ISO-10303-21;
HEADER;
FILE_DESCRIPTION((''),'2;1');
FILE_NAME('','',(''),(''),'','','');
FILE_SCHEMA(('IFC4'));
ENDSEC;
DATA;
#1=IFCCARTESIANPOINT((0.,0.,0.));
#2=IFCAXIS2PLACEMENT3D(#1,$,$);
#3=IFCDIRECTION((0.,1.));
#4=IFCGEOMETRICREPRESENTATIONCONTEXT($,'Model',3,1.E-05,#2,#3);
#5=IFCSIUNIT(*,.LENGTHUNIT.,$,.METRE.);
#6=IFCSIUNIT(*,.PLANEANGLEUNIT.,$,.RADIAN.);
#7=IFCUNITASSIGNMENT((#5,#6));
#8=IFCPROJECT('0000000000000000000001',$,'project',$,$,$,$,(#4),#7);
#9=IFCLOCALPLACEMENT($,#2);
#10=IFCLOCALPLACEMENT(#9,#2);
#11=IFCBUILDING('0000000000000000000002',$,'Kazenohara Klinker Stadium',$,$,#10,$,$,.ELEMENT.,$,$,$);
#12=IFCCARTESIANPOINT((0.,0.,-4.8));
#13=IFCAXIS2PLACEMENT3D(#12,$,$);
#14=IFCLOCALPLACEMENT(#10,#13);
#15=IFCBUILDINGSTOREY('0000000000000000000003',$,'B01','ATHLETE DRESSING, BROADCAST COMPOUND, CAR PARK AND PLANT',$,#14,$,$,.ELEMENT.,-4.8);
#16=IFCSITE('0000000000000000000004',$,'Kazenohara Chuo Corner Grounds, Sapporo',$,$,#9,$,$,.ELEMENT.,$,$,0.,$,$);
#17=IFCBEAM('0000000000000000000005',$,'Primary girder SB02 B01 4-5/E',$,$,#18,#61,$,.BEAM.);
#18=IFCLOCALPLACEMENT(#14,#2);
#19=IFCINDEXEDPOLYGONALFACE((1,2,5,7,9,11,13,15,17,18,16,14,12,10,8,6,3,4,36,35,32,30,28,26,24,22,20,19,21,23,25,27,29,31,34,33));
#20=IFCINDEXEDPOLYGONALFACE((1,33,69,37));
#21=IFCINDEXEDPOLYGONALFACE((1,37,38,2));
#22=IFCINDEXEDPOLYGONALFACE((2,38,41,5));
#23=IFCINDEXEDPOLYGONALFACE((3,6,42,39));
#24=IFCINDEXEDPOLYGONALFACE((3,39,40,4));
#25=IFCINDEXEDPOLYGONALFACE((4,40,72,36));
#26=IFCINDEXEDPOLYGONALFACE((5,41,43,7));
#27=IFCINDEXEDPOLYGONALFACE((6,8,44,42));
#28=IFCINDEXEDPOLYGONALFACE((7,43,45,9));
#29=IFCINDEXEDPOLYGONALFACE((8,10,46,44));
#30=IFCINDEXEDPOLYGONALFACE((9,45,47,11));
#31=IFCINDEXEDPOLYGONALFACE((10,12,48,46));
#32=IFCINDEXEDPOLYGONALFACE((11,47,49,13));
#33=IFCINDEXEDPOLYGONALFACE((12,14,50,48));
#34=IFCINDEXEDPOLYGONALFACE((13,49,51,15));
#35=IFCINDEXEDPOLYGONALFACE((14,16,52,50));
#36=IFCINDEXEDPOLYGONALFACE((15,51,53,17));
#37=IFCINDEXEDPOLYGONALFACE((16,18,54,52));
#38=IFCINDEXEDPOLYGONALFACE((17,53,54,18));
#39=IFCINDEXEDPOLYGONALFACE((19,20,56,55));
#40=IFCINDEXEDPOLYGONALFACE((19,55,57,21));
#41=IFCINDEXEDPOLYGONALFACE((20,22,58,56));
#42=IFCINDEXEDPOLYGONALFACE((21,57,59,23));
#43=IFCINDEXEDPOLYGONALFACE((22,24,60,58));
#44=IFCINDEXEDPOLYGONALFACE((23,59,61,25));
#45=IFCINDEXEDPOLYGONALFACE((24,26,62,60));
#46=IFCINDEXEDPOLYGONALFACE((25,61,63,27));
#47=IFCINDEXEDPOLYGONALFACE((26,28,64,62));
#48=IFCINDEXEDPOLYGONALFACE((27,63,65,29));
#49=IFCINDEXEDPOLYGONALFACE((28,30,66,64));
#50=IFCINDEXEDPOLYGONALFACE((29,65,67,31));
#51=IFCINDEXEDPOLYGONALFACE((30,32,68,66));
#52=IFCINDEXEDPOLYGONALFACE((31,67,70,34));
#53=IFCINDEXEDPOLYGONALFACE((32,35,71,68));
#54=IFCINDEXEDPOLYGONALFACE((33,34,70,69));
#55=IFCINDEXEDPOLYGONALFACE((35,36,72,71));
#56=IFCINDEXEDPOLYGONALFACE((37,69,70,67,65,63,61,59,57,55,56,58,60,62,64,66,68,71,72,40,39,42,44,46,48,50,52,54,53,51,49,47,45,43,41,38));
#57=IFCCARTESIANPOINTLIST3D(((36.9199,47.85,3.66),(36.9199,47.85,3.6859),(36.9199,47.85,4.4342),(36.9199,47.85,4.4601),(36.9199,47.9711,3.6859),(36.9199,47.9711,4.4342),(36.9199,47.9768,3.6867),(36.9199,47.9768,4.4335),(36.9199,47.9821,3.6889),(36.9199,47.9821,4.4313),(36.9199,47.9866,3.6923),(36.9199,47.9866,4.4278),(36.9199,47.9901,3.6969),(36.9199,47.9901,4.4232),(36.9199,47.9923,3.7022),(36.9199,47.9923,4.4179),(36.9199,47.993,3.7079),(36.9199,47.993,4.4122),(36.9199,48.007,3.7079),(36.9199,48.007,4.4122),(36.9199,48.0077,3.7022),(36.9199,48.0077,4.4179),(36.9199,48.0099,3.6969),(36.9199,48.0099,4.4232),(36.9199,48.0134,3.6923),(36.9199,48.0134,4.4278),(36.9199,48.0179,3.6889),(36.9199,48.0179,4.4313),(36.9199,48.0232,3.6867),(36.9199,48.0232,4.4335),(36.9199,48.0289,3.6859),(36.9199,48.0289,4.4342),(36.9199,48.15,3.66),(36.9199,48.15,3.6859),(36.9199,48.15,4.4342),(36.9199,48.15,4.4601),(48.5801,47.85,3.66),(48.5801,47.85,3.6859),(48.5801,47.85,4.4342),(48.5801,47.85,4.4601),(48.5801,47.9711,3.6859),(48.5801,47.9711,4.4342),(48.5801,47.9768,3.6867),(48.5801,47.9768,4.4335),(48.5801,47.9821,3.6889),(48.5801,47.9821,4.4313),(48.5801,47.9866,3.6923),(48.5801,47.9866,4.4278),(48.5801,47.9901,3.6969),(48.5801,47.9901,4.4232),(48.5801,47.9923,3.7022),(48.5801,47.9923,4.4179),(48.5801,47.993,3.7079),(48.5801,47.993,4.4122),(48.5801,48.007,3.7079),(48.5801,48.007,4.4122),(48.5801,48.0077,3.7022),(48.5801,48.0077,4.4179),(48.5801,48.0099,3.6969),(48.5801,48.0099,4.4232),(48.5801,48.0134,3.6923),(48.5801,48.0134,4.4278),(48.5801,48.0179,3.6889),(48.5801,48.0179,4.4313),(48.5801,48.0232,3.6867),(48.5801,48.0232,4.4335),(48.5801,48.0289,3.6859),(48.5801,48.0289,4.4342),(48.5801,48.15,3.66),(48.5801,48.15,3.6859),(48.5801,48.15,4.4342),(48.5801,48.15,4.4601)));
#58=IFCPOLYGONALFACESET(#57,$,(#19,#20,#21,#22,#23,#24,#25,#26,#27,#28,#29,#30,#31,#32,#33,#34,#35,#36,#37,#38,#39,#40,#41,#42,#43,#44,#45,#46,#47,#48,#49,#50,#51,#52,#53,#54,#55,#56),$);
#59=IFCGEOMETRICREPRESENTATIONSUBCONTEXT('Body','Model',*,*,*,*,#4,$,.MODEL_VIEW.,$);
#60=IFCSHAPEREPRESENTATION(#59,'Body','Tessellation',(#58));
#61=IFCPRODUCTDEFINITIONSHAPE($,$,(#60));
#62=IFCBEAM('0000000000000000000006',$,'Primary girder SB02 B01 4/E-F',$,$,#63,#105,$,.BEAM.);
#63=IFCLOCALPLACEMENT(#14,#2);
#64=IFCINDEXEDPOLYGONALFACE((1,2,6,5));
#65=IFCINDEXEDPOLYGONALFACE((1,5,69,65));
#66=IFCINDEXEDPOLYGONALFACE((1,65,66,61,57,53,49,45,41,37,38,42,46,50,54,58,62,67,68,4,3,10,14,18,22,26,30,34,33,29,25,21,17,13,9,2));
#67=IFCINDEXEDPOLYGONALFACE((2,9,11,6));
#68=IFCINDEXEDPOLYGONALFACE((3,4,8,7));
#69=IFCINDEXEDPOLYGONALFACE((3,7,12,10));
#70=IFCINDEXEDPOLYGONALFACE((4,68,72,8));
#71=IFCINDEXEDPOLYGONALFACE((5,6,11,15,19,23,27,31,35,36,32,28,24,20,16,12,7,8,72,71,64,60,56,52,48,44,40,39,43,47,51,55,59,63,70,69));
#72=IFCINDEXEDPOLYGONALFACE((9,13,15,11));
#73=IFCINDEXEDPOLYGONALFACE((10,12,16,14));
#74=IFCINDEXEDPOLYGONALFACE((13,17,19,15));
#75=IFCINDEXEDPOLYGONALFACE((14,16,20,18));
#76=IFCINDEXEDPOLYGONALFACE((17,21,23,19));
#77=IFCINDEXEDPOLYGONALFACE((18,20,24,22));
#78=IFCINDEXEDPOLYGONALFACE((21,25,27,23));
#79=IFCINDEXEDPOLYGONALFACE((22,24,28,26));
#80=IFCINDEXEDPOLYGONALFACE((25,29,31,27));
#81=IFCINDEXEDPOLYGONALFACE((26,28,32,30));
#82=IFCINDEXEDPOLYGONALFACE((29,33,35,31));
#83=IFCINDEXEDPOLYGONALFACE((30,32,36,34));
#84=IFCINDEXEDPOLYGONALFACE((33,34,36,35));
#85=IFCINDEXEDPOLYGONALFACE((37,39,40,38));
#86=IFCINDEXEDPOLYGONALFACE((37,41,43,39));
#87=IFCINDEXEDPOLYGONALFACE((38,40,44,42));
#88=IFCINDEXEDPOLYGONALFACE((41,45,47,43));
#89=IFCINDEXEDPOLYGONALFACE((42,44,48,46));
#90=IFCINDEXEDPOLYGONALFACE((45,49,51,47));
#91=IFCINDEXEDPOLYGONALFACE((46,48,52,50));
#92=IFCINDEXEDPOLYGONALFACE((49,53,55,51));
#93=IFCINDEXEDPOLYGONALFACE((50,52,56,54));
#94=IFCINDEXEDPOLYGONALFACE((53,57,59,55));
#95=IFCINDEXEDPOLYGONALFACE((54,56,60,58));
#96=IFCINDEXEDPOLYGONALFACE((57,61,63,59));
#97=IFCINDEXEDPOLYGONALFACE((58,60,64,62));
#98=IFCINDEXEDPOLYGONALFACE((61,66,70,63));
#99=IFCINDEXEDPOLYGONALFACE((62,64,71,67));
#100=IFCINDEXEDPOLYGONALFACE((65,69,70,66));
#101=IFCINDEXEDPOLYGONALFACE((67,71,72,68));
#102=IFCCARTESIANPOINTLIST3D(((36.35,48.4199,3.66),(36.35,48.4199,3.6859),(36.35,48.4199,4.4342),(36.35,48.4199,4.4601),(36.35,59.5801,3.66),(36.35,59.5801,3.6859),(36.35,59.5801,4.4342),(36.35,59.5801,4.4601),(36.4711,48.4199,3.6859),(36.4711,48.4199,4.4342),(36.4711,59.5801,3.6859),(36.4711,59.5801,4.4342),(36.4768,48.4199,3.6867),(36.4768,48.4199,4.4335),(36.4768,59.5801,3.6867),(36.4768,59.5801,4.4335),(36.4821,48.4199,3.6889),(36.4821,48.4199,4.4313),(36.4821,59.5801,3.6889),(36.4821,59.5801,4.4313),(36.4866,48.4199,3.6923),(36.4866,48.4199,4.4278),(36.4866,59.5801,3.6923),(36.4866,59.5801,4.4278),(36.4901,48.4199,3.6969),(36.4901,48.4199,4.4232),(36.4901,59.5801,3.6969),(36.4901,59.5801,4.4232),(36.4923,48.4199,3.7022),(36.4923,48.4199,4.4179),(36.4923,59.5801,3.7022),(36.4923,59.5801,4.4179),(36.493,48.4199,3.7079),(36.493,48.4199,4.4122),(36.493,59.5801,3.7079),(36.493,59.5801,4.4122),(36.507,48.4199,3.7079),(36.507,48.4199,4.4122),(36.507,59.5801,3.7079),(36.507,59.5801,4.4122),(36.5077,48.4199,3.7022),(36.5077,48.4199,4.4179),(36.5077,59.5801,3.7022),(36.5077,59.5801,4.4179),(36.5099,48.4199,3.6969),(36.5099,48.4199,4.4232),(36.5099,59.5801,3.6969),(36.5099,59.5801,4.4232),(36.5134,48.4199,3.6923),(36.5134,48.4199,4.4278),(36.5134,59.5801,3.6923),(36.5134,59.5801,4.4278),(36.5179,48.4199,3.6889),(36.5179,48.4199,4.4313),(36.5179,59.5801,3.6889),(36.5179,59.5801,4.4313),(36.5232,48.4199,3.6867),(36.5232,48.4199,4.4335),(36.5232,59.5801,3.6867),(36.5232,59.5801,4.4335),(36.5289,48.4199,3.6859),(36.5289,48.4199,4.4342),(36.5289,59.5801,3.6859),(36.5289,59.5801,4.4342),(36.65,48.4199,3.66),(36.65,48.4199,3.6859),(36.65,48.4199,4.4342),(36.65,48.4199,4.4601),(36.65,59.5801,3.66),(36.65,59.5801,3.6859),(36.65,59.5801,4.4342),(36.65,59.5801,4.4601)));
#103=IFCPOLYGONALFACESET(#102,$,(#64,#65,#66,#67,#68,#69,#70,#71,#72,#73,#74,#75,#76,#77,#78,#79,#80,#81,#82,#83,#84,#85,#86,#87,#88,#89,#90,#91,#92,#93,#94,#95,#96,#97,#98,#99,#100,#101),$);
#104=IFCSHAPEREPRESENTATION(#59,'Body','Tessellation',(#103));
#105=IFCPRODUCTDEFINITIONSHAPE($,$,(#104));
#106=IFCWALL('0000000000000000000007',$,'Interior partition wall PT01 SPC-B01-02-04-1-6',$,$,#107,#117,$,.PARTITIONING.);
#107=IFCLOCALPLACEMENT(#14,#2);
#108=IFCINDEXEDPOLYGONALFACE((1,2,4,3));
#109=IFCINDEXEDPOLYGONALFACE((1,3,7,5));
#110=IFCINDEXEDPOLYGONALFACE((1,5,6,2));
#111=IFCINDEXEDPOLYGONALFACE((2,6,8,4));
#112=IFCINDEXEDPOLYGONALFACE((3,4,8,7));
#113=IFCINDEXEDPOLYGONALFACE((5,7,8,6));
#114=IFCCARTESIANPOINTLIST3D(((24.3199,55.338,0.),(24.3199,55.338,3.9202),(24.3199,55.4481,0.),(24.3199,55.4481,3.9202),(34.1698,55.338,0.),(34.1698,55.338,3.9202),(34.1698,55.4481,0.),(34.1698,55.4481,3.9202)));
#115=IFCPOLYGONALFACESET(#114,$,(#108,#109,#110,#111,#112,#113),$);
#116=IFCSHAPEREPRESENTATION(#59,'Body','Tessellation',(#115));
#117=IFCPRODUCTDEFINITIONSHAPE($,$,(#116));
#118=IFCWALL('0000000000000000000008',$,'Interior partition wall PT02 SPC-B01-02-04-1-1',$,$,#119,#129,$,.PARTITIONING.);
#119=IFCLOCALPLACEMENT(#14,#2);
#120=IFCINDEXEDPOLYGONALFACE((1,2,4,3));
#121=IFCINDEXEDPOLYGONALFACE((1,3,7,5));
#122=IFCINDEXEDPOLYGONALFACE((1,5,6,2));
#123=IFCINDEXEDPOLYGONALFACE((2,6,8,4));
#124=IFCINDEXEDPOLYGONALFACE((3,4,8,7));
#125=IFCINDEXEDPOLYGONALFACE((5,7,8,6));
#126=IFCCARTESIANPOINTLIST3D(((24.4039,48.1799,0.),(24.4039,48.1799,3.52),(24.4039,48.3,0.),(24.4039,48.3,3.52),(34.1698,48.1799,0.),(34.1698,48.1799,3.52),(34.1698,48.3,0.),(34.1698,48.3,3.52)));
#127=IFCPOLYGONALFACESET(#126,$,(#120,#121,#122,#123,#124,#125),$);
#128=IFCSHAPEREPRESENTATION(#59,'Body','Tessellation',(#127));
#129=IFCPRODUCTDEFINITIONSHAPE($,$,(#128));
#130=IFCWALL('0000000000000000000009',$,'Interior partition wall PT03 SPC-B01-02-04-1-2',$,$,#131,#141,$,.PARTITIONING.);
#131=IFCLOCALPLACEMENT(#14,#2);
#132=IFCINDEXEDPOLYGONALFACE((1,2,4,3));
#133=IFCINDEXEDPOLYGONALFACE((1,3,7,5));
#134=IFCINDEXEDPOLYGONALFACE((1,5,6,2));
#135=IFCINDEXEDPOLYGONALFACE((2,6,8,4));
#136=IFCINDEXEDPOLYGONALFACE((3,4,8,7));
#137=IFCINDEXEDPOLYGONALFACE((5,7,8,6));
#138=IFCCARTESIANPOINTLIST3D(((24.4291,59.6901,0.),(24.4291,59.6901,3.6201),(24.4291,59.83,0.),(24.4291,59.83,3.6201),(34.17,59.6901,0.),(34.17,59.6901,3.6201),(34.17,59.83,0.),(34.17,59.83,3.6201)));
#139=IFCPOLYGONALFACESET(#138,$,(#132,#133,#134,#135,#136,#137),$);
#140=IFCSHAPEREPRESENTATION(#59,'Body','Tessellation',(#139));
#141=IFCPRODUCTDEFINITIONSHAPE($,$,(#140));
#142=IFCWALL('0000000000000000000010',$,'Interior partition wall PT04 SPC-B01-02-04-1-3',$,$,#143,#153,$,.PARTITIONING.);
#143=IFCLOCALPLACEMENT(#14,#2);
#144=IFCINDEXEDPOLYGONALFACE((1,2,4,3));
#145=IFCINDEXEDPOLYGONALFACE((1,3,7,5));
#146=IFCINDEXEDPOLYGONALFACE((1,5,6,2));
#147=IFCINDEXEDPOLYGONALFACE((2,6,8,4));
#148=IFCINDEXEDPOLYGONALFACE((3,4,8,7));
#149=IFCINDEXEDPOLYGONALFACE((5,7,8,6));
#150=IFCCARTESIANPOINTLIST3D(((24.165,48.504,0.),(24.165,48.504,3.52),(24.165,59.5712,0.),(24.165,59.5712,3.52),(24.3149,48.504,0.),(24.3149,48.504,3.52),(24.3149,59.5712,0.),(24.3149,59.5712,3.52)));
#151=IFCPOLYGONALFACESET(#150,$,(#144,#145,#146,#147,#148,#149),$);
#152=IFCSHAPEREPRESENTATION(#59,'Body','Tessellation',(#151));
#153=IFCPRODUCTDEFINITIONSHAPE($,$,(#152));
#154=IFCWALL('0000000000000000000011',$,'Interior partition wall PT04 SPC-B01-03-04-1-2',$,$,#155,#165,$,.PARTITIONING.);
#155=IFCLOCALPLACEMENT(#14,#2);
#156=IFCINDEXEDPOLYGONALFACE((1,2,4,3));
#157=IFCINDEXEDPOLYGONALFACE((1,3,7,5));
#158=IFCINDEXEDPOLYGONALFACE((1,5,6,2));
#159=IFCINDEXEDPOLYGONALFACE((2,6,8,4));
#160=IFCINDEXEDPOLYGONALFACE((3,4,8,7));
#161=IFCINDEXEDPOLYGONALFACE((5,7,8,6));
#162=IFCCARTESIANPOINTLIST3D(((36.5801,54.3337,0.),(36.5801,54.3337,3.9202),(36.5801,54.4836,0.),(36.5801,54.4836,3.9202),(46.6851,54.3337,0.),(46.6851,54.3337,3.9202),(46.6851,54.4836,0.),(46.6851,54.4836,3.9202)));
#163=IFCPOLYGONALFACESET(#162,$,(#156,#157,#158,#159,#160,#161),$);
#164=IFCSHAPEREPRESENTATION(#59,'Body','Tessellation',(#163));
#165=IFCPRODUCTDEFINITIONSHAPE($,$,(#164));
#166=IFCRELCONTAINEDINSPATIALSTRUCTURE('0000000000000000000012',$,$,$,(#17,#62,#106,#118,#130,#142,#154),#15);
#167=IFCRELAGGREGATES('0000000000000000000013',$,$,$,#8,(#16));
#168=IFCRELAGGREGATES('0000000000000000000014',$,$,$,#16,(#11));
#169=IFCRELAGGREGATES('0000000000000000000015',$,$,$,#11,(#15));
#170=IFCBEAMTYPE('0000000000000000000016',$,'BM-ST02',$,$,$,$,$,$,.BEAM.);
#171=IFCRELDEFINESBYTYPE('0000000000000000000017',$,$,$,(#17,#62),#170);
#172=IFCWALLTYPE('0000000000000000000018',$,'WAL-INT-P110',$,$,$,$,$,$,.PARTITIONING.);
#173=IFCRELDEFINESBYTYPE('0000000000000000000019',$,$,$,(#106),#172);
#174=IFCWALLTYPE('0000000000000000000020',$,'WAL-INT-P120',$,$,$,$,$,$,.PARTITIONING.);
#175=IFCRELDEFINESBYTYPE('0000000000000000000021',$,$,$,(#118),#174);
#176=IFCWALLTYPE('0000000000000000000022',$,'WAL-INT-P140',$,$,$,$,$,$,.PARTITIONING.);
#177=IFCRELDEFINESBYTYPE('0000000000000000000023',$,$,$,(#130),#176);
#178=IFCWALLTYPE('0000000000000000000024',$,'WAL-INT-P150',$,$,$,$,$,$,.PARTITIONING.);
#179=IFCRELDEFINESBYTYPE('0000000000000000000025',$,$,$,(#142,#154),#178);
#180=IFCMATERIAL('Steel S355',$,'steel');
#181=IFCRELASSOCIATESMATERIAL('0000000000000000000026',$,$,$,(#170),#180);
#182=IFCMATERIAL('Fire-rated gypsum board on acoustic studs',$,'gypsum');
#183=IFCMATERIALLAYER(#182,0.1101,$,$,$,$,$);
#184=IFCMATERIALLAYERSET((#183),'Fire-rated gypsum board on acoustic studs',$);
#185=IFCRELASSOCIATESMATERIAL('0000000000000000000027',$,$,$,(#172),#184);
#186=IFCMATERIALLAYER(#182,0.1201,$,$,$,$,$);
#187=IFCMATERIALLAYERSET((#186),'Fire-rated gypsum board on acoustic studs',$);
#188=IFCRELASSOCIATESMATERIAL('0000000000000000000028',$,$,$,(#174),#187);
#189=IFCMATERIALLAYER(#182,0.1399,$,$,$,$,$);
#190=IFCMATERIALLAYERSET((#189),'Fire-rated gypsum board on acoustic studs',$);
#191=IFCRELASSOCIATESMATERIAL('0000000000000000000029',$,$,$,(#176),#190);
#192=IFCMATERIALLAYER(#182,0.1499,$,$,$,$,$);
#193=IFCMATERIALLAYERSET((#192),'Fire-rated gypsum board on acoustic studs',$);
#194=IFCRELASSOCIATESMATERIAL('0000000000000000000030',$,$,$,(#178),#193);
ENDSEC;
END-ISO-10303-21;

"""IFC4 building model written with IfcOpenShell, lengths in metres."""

from ifc_helpers import new_model, si_unit, direction, frame, frame_2d, origin, origin_2d, place, context, subcontext, project, spatial, rectangle, i_section, extrude, material, layer, layer_set, material_profile, profile_set, type_object, element, save


model = new_model("IFC4")

# Units and contexts
model_context = context("Model", 3, precision=1e-05, world=origin(), true_north=direction((0.0, 1.0)))
body_context = subcontext(model_context, "Body", "Model", "MODEL_VIEW")
ifc_project = project(units=[si_unit("LENGTHUNIT", "METRE"), si_unit("PLANEANGLEUNIT", "RADIAN")], contexts=[model_context])

# Site, building, storey
site_placement = place(None, origin())
site = spatial("IfcSite", under=ifc_project, at=site_placement, Name="Kazenohara Chuo Corner Grounds, Sapporo", CompositionType="ELEMENT", RefElevation=0.0)
building_placement = place(site_placement, origin())
building = spatial("IfcBuilding", under=site, at=building_placement, Name="Kazenohara Klinker Stadium", CompositionType="ELEMENT")
storey_placement = place(building_placement, frame((0.0, 0.0, -4.8)))
storey = spatial("IfcBuildingStorey", under=building, at=storey_placement, Name="B01", Description="ATHLETE DRESSING, BROADCAST COMPOUND, CAR PARK AND PLANT", CompositionType="ELEMENT", Elevation=-4.8)

# Beams
ifc_material_1 = material(Name="Steel S355", Category="steel")
ifc_material_profile_1 = material_profile(ifc_material_1, i_section(OverallWidth=0.3, OverallDepth=0.8, WebThickness=0.0139, FlangeThickness=0.0259, FilletRadius=0.022, at=origin_2d()), Name="H-800x300x14x26")
ifc_profile_set_1 = profile_set([ifc_material_profile_1], Name="Steel S355")
beam_type_1 = type_object("IfcBeamType", Name="BM-ST02", PredefinedType="BEAM", material=ifc_profile_set_1)
beam_1_placement = place(storey_placement, frame((36.9199, 48.0, 4.0601), z_axis=(1.0, 0.0, 0.0), x_axis=(0.0, 1.0, 0.0)))
element("IfcBeam", 1, at=beam_1_placement, inside=storey, type_object=beam_type_1, Name="Primary girder SB02 B01 4-5/E", PredefinedType="BEAM", context=body_context, shape_type="SweptSolid", body=[
    extrude(i_section(OverallWidth=0.3, OverallDepth=0.8, WebThickness=0.0139, FlangeThickness=0.0259, FilletRadius=0.022, at=origin_2d()), origin(), (0.0, 0.0, 1.0), 11.6602),
])
beam_2_placement = place(storey_placement, frame((36.5, 48.4199, 4.0601), z_axis=(0.0, 1.0, 0.0), x_axis=(-1.0, 0.0, 0.0)))
element("IfcBeam", 2, at=beam_2_placement, inside=storey, type_object=beam_type_1, Name="Primary girder SB02 B01 4/E-F", PredefinedType="BEAM", context=body_context, shape_type="SweptSolid", body=[
    extrude(i_section(OverallWidth=0.3, OverallDepth=0.8, WebThickness=0.0139, FlangeThickness=0.0259, FilletRadius=0.022, at=origin_2d()), origin(), (0.0, 0.0, 1.0), 11.1602),
])

# Walls
ifc_material_2 = material(Name="Fire-rated gypsum board on acoustic studs", Category="gypsum")
ifc_layer_1 = layer(ifc_material_2, 0.1101)
ifc_layer_set_1 = layer_set([ifc_layer_1], Name="Fire-rated gypsum board on acoustic studs")
wall_type_1 = type_object("IfcWallType", Name="WAL-INT-P110", PredefinedType="PARTITIONING", material=ifc_layer_set_1)
wall_1_placement = place(storey_placement, frame((24.3201, 55.3931, 0.0), z_axis=(0.0, 0.0, 1.0), x_axis=(1.0, 0.0, 0.0)))
element("IfcWall", 3, at=wall_1_placement, inside=storey, type_object=wall_type_1, Name="Interior partition wall PT01 SPC-B01-02-04-1-6", PredefinedType="PARTITIONING", context=body_context, shape_type="SweptSolid", body=[
    extrude(rectangle(XDim=9.8499, YDim=0.1101, at=frame_2d((4.9248, 0.0))), origin(), (0.0, 0.0, 1.0), 3.9202),
])
ifc_layer_2 = layer(ifc_material_2, 0.1201)
ifc_layer_set_2 = layer_set([ifc_layer_2], Name="Fire-rated gypsum board on acoustic studs")
wall_type_2 = type_object("IfcWallType", Name="WAL-INT-P120", PredefinedType="PARTITIONING", material=ifc_layer_set_2)
wall_2_placement = place(storey_placement, frame((24.4041, 48.24, 0.0), z_axis=(0.0, 0.0, 1.0), x_axis=(1.0, 0.0, 0.0)))
element("IfcWall", 4, at=wall_2_placement, inside=storey, type_object=wall_type_2, Name="Interior partition wall PT02 SPC-B01-02-04-1-1", PredefinedType="PARTITIONING", context=body_context, shape_type="SweptSolid", body=[
    extrude(rectangle(XDim=9.7659, YDim=0.1201, at=frame_2d((4.8828, 0.0))), origin(), (0.0, 0.0, 1.0), 3.52),
])
ifc_layer_3 = layer(ifc_material_2, 0.1399)
ifc_layer_set_3 = layer_set([ifc_layer_3], Name="Fire-rated gypsum board on acoustic studs")
wall_type_3 = type_object("IfcWallType", Name="WAL-INT-P140", PredefinedType="PARTITIONING", material=ifc_layer_set_3)
wall_3_placement = place(storey_placement, frame((24.429, 59.76, 0.0), z_axis=(0.0, 0.0, 1.0), x_axis=(1.0, 0.0, 0.0)))
element("IfcWall", 5, at=wall_3_placement, inside=storey, type_object=wall_type_3, Name="Interior partition wall PT03 SPC-B01-02-04-1-2", PredefinedType="PARTITIONING", context=body_context, shape_type="SweptSolid", body=[
    extrude(rectangle(XDim=9.741, YDim=0.1399, at=frame_2d((4.8706, 0.0))), origin(), (0.0, 0.0, 1.0), 3.6201),
])
ifc_layer_4 = layer(ifc_material_2, 0.1499)
ifc_layer_set_4 = layer_set([ifc_layer_4], Name="Fire-rated gypsum board on acoustic studs")
wall_type_4 = type_object("IfcWallType", Name="WAL-INT-P150", PredefinedType="PARTITIONING", material=ifc_layer_set_4)
wall_4_placement = place(storey_placement, frame((24.24, 48.5039, 0.0), z_axis=(0.0, 0.0, 1.0), x_axis=(0.0, 1.0, 0.0)))
element("IfcWall", 6, at=wall_4_placement, inside=storey, type_object=wall_type_4, Name="Interior partition wall PT04 SPC-B01-02-04-1-3", PredefinedType="PARTITIONING", context=body_context, shape_type="SweptSolid", body=[
    extrude(rectangle(XDim=11.0671, YDim=0.1499, at=frame_2d((5.5337, 0.0))), origin(), (0.0, 0.0, 1.0), 3.52),
])
wall_5_placement = place(storey_placement, frame((36.5801, 54.4087, 0.0), z_axis=(0.0, 0.0, 1.0), x_axis=(1.0, 0.0, 0.0)))
element("IfcWall", 7, at=wall_5_placement, inside=storey, type_object=wall_type_4, Name="Interior partition wall PT04 SPC-B01-03-04-1-2", PredefinedType="PARTITIONING", context=body_context, shape_type="SweptSolid", body=[
    extrude(rectangle(XDim=10.105, YDim=0.1499, at=frame_2d((5.0525, 0.0))), origin(), (0.0, 0.0, 1.0), 3.9202),
])

save(model, "model.ifc")
